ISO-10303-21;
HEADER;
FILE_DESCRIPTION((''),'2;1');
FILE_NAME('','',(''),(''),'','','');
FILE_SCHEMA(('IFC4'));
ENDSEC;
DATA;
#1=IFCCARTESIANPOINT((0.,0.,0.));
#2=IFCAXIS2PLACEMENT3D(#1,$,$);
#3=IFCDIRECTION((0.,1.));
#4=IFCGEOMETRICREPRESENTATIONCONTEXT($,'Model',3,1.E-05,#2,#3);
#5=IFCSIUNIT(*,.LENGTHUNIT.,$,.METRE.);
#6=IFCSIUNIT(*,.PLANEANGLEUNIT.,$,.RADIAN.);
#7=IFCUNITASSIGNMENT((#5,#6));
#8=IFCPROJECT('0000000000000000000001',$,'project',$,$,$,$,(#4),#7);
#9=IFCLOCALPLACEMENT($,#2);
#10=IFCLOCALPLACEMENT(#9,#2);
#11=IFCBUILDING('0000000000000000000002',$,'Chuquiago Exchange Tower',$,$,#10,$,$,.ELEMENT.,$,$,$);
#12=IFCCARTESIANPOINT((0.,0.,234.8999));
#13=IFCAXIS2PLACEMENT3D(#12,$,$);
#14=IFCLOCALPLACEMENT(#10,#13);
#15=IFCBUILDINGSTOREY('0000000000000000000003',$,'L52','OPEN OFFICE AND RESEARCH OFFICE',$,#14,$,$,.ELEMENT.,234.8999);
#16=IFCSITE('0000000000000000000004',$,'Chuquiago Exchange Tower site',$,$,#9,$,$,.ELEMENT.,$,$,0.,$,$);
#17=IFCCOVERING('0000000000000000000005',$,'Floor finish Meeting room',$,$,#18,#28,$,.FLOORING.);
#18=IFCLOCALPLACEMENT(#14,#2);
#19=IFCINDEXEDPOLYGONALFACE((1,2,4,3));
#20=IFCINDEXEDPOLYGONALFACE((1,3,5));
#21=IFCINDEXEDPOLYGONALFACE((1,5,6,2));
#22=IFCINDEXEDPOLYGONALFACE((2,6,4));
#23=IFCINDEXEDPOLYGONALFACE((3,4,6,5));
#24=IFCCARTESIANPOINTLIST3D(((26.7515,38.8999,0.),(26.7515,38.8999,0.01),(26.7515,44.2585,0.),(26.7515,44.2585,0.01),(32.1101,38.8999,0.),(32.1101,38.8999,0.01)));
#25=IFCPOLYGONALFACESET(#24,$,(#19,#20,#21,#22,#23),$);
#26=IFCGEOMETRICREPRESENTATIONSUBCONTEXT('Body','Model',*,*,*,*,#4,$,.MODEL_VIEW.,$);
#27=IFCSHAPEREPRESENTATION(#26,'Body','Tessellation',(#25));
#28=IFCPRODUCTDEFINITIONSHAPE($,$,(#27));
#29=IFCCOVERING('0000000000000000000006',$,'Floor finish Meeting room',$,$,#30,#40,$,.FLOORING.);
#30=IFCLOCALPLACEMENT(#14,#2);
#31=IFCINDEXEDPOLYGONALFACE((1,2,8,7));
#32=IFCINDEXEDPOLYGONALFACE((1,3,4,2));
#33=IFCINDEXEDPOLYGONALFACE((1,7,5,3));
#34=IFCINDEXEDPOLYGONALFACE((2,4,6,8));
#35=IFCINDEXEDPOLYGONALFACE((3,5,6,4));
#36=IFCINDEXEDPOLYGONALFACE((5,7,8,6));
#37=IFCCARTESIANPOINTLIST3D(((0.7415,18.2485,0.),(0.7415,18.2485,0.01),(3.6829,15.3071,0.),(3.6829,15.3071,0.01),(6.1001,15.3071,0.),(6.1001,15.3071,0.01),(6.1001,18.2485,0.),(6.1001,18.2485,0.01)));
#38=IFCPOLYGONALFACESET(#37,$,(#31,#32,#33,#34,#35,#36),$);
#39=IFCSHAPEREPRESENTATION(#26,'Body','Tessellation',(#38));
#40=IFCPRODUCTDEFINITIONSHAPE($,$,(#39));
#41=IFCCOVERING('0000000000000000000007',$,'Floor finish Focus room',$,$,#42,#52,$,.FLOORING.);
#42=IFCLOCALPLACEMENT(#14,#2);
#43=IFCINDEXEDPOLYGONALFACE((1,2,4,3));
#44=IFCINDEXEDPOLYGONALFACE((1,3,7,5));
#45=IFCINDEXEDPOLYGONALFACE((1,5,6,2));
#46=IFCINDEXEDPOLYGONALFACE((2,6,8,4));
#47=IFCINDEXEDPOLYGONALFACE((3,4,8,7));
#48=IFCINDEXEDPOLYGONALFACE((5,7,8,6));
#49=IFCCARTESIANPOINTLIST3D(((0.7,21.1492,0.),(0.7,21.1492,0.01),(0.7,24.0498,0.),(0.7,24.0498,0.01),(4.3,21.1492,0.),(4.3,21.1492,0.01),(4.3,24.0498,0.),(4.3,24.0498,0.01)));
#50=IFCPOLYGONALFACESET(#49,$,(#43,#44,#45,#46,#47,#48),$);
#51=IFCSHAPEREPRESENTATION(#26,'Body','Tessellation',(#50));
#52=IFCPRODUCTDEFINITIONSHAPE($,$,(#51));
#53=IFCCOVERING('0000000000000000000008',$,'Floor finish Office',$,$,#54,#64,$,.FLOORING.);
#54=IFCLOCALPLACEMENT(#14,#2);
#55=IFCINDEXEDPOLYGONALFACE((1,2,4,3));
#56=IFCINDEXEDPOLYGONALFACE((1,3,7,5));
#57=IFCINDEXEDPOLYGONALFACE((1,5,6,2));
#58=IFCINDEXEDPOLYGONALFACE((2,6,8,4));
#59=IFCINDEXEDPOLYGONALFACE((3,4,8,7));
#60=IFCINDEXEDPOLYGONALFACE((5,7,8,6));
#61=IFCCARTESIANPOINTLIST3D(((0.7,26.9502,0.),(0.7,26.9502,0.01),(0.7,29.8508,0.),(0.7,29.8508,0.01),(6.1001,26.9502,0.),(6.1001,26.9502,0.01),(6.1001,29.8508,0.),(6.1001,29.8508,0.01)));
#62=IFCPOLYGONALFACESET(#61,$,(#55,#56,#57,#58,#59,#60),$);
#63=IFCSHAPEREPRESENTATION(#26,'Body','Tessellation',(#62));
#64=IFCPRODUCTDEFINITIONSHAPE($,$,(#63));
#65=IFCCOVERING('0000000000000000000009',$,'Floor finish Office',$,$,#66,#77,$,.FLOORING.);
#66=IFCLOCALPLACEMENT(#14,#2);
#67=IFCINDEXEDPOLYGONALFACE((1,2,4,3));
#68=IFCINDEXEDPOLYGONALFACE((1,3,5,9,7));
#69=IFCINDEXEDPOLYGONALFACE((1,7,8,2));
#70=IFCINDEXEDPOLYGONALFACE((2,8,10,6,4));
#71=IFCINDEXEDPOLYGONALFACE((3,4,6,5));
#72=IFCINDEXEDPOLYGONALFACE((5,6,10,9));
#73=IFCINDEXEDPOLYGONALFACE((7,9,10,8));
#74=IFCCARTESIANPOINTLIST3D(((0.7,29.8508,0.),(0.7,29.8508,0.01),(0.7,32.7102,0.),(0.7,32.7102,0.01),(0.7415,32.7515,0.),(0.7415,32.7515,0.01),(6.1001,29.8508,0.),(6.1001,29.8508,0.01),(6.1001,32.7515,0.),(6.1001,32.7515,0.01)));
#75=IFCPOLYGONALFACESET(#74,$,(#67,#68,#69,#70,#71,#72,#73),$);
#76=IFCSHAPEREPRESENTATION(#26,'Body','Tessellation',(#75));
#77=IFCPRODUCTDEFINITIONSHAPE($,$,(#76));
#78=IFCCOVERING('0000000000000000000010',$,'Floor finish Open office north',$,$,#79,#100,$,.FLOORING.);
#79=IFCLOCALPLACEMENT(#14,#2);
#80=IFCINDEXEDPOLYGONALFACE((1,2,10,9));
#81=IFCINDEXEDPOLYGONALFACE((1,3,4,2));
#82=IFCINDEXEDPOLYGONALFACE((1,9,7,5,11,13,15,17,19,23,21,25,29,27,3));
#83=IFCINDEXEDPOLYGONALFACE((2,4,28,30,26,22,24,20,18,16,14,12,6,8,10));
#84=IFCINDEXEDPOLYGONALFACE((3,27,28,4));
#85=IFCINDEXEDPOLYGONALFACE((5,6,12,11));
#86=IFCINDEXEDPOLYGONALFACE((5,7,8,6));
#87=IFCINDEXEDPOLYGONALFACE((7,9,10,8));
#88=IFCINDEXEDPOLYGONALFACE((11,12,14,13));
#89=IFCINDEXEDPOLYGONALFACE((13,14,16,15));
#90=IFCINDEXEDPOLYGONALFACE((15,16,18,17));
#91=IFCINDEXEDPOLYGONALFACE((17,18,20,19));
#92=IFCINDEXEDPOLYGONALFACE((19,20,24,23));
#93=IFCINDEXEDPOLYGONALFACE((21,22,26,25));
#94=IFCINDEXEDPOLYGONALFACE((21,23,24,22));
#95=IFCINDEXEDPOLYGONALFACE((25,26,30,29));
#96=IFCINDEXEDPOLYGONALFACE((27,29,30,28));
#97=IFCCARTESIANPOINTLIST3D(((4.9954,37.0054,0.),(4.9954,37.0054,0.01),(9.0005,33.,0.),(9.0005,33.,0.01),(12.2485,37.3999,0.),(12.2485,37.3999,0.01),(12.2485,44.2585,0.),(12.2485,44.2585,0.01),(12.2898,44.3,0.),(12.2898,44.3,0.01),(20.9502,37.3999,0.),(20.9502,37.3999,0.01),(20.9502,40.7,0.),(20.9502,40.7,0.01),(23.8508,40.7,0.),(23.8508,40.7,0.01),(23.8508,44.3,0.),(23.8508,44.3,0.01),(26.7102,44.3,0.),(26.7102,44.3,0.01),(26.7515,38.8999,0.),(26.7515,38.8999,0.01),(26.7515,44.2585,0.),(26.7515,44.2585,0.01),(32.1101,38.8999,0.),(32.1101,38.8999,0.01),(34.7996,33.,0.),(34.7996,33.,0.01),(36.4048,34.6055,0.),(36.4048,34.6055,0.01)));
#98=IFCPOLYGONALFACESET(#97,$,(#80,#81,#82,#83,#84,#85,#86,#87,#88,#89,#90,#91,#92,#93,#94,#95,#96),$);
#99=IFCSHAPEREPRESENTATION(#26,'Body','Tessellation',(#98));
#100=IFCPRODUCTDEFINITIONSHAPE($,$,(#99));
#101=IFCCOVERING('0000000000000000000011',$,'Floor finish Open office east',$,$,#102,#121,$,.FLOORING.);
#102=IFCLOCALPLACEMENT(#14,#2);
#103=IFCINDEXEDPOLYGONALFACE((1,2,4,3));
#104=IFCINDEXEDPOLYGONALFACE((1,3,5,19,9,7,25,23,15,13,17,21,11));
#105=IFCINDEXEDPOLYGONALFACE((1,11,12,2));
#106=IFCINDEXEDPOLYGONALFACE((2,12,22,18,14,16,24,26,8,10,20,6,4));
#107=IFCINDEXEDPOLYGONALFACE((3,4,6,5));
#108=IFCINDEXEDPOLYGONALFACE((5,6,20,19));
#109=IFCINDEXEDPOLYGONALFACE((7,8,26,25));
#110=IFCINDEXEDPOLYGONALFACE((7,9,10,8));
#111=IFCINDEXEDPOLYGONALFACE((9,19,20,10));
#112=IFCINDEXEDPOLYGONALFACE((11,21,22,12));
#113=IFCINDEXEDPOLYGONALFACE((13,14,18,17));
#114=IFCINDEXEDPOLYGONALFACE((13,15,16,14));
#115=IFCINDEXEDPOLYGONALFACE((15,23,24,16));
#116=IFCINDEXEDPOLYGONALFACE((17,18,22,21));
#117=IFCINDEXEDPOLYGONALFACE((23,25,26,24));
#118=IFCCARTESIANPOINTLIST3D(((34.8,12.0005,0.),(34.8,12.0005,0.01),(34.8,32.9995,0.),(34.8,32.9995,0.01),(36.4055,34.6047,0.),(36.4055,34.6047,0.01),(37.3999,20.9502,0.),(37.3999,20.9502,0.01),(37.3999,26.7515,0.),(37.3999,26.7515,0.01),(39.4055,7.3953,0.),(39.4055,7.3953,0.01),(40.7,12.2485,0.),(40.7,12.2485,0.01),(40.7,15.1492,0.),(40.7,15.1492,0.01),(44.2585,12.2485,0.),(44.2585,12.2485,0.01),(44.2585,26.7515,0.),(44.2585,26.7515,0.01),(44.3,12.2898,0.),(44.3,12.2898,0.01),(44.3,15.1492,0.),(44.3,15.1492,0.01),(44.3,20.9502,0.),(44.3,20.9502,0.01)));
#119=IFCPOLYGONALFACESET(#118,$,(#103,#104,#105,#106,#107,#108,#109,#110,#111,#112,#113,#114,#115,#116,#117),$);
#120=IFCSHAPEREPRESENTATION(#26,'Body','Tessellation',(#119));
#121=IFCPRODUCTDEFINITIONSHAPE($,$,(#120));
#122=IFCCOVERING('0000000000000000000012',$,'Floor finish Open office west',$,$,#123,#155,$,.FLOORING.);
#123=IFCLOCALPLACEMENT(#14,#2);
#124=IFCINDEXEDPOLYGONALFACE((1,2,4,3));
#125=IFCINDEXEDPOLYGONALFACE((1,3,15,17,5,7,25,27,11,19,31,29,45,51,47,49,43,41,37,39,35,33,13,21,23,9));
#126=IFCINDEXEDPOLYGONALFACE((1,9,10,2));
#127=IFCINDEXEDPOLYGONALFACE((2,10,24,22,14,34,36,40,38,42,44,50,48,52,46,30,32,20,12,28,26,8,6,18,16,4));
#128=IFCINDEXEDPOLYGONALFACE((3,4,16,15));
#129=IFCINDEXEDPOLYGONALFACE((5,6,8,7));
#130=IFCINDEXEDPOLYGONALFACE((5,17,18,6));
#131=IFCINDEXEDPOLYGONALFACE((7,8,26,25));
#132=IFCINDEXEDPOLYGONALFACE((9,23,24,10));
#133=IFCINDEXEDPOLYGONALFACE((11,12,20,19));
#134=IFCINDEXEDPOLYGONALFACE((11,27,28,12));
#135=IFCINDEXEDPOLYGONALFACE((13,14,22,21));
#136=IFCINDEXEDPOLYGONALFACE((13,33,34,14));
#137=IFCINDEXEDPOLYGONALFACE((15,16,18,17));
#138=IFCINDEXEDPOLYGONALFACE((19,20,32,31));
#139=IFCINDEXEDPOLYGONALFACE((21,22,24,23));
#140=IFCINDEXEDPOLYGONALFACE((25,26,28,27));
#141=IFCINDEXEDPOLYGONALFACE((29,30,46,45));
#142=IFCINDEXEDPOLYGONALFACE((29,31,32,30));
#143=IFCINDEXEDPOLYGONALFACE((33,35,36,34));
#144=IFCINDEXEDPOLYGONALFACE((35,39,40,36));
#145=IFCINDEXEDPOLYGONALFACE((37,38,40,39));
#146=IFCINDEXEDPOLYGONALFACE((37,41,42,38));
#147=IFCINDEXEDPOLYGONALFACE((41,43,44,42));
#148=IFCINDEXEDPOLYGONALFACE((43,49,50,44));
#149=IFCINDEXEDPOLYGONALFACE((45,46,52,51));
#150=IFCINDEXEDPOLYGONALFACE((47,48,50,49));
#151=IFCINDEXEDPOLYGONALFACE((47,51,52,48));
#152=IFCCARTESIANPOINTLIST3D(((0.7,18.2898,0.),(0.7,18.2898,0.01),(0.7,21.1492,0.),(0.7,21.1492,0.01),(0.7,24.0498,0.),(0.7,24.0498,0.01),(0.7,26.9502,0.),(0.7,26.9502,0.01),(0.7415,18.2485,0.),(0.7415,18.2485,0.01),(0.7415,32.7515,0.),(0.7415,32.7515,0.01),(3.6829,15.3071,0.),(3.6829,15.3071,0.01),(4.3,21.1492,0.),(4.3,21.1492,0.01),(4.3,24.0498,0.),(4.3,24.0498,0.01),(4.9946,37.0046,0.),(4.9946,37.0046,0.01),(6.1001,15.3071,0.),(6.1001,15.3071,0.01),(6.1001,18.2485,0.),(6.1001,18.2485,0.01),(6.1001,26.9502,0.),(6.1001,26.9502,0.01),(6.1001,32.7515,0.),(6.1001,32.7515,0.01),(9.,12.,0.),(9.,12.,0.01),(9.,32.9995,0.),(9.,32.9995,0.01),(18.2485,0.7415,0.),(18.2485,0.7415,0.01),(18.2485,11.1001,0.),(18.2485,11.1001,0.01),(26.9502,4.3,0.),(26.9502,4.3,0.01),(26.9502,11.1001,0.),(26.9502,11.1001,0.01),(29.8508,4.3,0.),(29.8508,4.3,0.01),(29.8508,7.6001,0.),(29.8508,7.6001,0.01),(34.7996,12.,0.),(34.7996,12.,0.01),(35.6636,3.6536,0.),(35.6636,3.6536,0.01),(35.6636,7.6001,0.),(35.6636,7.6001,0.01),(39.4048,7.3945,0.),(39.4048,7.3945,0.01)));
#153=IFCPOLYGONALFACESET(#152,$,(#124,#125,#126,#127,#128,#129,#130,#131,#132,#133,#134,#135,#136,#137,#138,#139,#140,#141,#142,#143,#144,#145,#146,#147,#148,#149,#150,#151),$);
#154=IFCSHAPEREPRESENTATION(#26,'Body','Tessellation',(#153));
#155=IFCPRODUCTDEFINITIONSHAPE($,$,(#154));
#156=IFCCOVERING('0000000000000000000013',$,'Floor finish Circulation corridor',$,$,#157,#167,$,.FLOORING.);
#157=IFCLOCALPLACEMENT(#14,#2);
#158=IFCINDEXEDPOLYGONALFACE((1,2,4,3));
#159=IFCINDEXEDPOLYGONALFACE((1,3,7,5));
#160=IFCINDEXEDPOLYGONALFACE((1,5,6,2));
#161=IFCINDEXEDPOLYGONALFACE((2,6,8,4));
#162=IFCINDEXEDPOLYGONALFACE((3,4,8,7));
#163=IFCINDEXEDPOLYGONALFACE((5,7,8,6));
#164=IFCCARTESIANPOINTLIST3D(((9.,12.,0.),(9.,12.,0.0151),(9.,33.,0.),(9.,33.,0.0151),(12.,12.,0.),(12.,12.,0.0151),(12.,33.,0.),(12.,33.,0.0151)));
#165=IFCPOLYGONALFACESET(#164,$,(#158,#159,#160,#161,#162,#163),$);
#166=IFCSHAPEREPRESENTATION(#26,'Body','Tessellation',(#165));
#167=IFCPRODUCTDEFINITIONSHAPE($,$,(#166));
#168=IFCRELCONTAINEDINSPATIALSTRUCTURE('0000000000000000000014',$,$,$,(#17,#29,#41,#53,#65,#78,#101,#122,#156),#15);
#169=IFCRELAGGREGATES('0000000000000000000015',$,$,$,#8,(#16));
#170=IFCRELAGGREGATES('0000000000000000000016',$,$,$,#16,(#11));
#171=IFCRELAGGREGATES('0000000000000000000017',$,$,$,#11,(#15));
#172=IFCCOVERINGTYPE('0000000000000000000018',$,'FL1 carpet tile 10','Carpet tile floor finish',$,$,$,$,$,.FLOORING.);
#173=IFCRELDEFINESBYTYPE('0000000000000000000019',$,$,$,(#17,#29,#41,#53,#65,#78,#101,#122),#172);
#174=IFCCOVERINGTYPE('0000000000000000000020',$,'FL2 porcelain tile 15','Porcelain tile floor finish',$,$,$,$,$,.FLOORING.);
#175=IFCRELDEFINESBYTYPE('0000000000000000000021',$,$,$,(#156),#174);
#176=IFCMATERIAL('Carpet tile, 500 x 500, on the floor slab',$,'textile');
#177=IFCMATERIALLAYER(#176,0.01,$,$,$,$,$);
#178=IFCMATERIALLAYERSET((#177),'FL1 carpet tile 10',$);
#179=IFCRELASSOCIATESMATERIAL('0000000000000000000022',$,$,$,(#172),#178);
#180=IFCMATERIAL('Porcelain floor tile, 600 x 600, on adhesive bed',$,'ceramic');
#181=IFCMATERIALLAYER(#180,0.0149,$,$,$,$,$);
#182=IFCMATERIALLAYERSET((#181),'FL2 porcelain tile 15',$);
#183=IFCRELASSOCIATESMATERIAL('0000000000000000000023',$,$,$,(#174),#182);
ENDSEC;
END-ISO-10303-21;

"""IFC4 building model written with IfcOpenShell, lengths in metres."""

from ifc_helpers import new_model, si_unit, direction, frame, origin, place, context, subcontext, project, spatial, polyline, outline, extrude, material, layer, layer_set, type_object, element, save


model = new_model("IFC4")

# Units and contexts
model_context = context("Model", 3, precision=1e-05, world=origin(), true_north=direction((0.0, 1.0)))
body_context = subcontext(model_context, "Body", "Model", "MODEL_VIEW")
ifc_project = project(units=[si_unit("LENGTHUNIT", "METRE"), si_unit("PLANEANGLEUNIT", "RADIAN")], contexts=[model_context])

# Site, building, storey
site_placement = place(None, origin())
site = spatial("IfcSite", under=ifc_project, at=site_placement, Name="Chuquiago Exchange Tower site", CompositionType="ELEMENT", RefElevation=0.0)
building_placement = place(site_placement, origin())
building = spatial("IfcBuilding", under=site, at=building_placement, Name="Chuquiago Exchange Tower", CompositionType="ELEMENT")
storey_placement = place(building_placement, frame((0.0, 0.0, 234.8999)))
storey = spatial("IfcBuildingStorey", under=building, at=storey_placement, Name="L52", Description="OPEN OFFICE AND RESEARCH OFFICE", CompositionType="ELEMENT", Elevation=234.8999)

# Coverings
ifc_material_1 = material(Name="Carpet tile, 500 x 500, on the floor slab", Category="textile")
ifc_layer_1 = layer(ifc_material_1, 0.01)
ifc_layer_set_1 = layer_set([ifc_layer_1], Name="FL1 carpet tile 10")
covering_type_1 = type_object("IfcCoveringType", Name="FL1 carpet tile 10", Description="Carpet tile floor finish", PredefinedType="FLOORING", material=ifc_layer_set_1)
covering_1_placement = place(storey_placement, origin())
element("IfcCovering", 1, at=covering_1_placement, inside=storey, type_object=covering_type_1, Name="Floor finish Meeting room", PredefinedType="FLOORING", context=body_context, shape_type="SweptSolid", body=[
    extrude(outline(polyline([(32.1101, 38.8999), (26.7515, 38.8999), (26.7515, 44.2585), (32.1101, 38.8999)])), origin(), (0.0, 0.0, 1.0), 0.01),
])
covering_2_placement = place(storey_placement, origin())
element("IfcCovering", 2, at=covering_2_placement, inside=storey, type_object=covering_type_1, Name="Floor finish Meeting room", PredefinedType="FLOORING", context=body_context, shape_type="SweptSolid", body=[
    extrude(outline(polyline([(0.7415, 18.2485), (6.1001, 18.2485), (6.1001, 15.3071), (3.6829, 15.3071), (0.7415, 18.2485)])), origin(), (0.0, 0.0, 1.0), 0.01),
])
covering_3_placement = place(storey_placement, origin())
element("IfcCovering", 3, at=covering_3_placement, inside=storey, type_object=covering_type_1, Name="Floor finish Focus room", PredefinedType="FLOORING", context=body_context, shape_type="SweptSolid", body=[
    extrude(outline(polyline([(0.7, 24.0498), (4.3, 24.0498), (4.3, 21.1492), (0.7, 21.1492), (0.7, 24.0498)])), origin(), (0.0, 0.0, 1.0), 0.01),
])
covering_4_placement = place(storey_placement, origin())
element("IfcCovering", 4, at=covering_4_placement, inside=storey, type_object=covering_type_1, Name="Floor finish Office", PredefinedType="FLOORING", context=body_context, shape_type="SweptSolid", body=[
    extrude(outline(polyline([(0.7, 29.8508), (6.1001, 29.8508), (6.1001, 26.9502), (0.7, 26.9502), (0.7, 29.8508)])), origin(), (0.0, 0.0, 1.0), 0.01),
])
covering_5_placement = place(storey_placement, origin())
element("IfcCovering", 5, at=covering_5_placement, inside=storey, type_object=covering_type_1, Name="Floor finish Office", PredefinedType="FLOORING", context=body_context, shape_type="SweptSolid", body=[
    extrude(outline(polyline([(0.7, 32.7102), (0.7415, 32.7515), (6.1001, 32.7515), (6.1001, 29.8508), (0.7, 29.8508), (0.7, 32.7102)])), origin(), (0.0, 0.0, 1.0), 0.01),
])
covering_6_placement = place(storey_placement, origin())
element("IfcCovering", 6, at=covering_6_placement, inside=storey, type_object=covering_type_1, Name="Floor finish Open office north", PredefinedType="FLOORING", context=body_context, shape_type="SweptSolid", body=[
    extrude(outline(polyline([(12.2898, 44.3), (12.2485, 44.2585), (12.2485, 37.3999), (20.9502, 37.3999), (20.9502, 40.7), (23.8508, 40.7), (23.8508, 44.3), (26.7102, 44.3), (26.7515, 44.2585), (26.7515, 38.8999), (32.1101, 38.8999), (36.4048, 34.6055), (34.7996, 33.0), (9.0005, 33.0), (4.9954, 37.0054), (12.2898, 44.3)])), origin(), (0.0, 0.0, 1.0), 0.01),
])
covering_7_placement = place(storey_placement, origin())
element("IfcCovering", 7, at=covering_7_placement, inside=storey, type_object=covering_type_1, Name="Floor finish Open office east", PredefinedType="FLOORING", context=body_context, shape_type="SweptSolid", body=[
    extrude(outline(polyline([(44.2585, 26.7515), (37.3999, 26.7515), (37.3999, 20.9502), (44.3, 20.9502), (44.3, 15.1492), (40.7, 15.1492), (40.7, 12.2485), (44.2585, 12.2485), (44.3, 12.2898), (39.4055, 7.3953), (34.8, 12.0005), (34.8, 32.9995), (36.4055, 34.6047), (44.2585, 26.7515)])), origin(), (0.0, 0.0, 1.0), 0.01),
])
covering_8_placement = place(storey_placement, origin())
element("IfcCovering", 8, at=covering_8_placement, inside=storey, type_object=covering_type_1, Name="Floor finish Open office west", PredefinedType="FLOORING", context=body_context, shape_type="SweptSolid", body=[
    extrude(outline(polyline([(4.3, 24.0498), (0.7, 24.0498), (0.7, 26.9502), (6.1001, 26.9502), (6.1001, 32.7515), (0.7415, 32.7515), (4.9946, 37.0046), (9.0, 32.9995), (9.0, 12.0), (34.7996, 12.0), (39.4048, 7.3945), (35.6636, 3.6536), (35.6636, 7.6001), (29.8508, 7.6001), (29.8508, 4.3), (26.9502, 4.3), (26.9502, 11.1001), (18.2485, 11.1001), (18.2485, 0.7415), (3.6829, 15.3071), (6.1001, 15.3071), (6.1001, 18.2485), (0.7415, 18.2485), (0.7, 18.2898), (0.7, 21.1492), (4.3, 21.1492), (4.3, 24.0498)])), origin(), (0.0, 0.0, 1.0), 0.01),
])
ifc_material_2 = material(Name="Porcelain floor tile, 600 x 600, on adhesive bed", Category="ceramic")
ifc_layer_2 = layer(ifc_material_2, 0.0149)
ifc_layer_set_2 = layer_set([ifc_layer_2], Name="FL2 porcelain tile 15")
covering_type_2 = type_object("IfcCoveringType", Name="FL2 porcelain tile 15", Description="Porcelain tile floor finish", PredefinedType="FLOORING", material=ifc_layer_set_2)
covering_9_placement = place(storey_placement, origin())
element("IfcCovering", 9, at=covering_9_placement, inside=storey, type_object=covering_type_2, Name="Floor finish Circulation corridor", PredefinedType="FLOORING", context=body_context, shape_type="SweptSolid", body=[
    extrude(outline(polyline([(12.0, 12.0), (9.0, 12.0), (9.0, 33.0), (12.0, 33.0), (12.0, 12.0)])), origin(), (0.0, 0.0, 1.0), 0.0151),
])

save(model, "model.ifc")
